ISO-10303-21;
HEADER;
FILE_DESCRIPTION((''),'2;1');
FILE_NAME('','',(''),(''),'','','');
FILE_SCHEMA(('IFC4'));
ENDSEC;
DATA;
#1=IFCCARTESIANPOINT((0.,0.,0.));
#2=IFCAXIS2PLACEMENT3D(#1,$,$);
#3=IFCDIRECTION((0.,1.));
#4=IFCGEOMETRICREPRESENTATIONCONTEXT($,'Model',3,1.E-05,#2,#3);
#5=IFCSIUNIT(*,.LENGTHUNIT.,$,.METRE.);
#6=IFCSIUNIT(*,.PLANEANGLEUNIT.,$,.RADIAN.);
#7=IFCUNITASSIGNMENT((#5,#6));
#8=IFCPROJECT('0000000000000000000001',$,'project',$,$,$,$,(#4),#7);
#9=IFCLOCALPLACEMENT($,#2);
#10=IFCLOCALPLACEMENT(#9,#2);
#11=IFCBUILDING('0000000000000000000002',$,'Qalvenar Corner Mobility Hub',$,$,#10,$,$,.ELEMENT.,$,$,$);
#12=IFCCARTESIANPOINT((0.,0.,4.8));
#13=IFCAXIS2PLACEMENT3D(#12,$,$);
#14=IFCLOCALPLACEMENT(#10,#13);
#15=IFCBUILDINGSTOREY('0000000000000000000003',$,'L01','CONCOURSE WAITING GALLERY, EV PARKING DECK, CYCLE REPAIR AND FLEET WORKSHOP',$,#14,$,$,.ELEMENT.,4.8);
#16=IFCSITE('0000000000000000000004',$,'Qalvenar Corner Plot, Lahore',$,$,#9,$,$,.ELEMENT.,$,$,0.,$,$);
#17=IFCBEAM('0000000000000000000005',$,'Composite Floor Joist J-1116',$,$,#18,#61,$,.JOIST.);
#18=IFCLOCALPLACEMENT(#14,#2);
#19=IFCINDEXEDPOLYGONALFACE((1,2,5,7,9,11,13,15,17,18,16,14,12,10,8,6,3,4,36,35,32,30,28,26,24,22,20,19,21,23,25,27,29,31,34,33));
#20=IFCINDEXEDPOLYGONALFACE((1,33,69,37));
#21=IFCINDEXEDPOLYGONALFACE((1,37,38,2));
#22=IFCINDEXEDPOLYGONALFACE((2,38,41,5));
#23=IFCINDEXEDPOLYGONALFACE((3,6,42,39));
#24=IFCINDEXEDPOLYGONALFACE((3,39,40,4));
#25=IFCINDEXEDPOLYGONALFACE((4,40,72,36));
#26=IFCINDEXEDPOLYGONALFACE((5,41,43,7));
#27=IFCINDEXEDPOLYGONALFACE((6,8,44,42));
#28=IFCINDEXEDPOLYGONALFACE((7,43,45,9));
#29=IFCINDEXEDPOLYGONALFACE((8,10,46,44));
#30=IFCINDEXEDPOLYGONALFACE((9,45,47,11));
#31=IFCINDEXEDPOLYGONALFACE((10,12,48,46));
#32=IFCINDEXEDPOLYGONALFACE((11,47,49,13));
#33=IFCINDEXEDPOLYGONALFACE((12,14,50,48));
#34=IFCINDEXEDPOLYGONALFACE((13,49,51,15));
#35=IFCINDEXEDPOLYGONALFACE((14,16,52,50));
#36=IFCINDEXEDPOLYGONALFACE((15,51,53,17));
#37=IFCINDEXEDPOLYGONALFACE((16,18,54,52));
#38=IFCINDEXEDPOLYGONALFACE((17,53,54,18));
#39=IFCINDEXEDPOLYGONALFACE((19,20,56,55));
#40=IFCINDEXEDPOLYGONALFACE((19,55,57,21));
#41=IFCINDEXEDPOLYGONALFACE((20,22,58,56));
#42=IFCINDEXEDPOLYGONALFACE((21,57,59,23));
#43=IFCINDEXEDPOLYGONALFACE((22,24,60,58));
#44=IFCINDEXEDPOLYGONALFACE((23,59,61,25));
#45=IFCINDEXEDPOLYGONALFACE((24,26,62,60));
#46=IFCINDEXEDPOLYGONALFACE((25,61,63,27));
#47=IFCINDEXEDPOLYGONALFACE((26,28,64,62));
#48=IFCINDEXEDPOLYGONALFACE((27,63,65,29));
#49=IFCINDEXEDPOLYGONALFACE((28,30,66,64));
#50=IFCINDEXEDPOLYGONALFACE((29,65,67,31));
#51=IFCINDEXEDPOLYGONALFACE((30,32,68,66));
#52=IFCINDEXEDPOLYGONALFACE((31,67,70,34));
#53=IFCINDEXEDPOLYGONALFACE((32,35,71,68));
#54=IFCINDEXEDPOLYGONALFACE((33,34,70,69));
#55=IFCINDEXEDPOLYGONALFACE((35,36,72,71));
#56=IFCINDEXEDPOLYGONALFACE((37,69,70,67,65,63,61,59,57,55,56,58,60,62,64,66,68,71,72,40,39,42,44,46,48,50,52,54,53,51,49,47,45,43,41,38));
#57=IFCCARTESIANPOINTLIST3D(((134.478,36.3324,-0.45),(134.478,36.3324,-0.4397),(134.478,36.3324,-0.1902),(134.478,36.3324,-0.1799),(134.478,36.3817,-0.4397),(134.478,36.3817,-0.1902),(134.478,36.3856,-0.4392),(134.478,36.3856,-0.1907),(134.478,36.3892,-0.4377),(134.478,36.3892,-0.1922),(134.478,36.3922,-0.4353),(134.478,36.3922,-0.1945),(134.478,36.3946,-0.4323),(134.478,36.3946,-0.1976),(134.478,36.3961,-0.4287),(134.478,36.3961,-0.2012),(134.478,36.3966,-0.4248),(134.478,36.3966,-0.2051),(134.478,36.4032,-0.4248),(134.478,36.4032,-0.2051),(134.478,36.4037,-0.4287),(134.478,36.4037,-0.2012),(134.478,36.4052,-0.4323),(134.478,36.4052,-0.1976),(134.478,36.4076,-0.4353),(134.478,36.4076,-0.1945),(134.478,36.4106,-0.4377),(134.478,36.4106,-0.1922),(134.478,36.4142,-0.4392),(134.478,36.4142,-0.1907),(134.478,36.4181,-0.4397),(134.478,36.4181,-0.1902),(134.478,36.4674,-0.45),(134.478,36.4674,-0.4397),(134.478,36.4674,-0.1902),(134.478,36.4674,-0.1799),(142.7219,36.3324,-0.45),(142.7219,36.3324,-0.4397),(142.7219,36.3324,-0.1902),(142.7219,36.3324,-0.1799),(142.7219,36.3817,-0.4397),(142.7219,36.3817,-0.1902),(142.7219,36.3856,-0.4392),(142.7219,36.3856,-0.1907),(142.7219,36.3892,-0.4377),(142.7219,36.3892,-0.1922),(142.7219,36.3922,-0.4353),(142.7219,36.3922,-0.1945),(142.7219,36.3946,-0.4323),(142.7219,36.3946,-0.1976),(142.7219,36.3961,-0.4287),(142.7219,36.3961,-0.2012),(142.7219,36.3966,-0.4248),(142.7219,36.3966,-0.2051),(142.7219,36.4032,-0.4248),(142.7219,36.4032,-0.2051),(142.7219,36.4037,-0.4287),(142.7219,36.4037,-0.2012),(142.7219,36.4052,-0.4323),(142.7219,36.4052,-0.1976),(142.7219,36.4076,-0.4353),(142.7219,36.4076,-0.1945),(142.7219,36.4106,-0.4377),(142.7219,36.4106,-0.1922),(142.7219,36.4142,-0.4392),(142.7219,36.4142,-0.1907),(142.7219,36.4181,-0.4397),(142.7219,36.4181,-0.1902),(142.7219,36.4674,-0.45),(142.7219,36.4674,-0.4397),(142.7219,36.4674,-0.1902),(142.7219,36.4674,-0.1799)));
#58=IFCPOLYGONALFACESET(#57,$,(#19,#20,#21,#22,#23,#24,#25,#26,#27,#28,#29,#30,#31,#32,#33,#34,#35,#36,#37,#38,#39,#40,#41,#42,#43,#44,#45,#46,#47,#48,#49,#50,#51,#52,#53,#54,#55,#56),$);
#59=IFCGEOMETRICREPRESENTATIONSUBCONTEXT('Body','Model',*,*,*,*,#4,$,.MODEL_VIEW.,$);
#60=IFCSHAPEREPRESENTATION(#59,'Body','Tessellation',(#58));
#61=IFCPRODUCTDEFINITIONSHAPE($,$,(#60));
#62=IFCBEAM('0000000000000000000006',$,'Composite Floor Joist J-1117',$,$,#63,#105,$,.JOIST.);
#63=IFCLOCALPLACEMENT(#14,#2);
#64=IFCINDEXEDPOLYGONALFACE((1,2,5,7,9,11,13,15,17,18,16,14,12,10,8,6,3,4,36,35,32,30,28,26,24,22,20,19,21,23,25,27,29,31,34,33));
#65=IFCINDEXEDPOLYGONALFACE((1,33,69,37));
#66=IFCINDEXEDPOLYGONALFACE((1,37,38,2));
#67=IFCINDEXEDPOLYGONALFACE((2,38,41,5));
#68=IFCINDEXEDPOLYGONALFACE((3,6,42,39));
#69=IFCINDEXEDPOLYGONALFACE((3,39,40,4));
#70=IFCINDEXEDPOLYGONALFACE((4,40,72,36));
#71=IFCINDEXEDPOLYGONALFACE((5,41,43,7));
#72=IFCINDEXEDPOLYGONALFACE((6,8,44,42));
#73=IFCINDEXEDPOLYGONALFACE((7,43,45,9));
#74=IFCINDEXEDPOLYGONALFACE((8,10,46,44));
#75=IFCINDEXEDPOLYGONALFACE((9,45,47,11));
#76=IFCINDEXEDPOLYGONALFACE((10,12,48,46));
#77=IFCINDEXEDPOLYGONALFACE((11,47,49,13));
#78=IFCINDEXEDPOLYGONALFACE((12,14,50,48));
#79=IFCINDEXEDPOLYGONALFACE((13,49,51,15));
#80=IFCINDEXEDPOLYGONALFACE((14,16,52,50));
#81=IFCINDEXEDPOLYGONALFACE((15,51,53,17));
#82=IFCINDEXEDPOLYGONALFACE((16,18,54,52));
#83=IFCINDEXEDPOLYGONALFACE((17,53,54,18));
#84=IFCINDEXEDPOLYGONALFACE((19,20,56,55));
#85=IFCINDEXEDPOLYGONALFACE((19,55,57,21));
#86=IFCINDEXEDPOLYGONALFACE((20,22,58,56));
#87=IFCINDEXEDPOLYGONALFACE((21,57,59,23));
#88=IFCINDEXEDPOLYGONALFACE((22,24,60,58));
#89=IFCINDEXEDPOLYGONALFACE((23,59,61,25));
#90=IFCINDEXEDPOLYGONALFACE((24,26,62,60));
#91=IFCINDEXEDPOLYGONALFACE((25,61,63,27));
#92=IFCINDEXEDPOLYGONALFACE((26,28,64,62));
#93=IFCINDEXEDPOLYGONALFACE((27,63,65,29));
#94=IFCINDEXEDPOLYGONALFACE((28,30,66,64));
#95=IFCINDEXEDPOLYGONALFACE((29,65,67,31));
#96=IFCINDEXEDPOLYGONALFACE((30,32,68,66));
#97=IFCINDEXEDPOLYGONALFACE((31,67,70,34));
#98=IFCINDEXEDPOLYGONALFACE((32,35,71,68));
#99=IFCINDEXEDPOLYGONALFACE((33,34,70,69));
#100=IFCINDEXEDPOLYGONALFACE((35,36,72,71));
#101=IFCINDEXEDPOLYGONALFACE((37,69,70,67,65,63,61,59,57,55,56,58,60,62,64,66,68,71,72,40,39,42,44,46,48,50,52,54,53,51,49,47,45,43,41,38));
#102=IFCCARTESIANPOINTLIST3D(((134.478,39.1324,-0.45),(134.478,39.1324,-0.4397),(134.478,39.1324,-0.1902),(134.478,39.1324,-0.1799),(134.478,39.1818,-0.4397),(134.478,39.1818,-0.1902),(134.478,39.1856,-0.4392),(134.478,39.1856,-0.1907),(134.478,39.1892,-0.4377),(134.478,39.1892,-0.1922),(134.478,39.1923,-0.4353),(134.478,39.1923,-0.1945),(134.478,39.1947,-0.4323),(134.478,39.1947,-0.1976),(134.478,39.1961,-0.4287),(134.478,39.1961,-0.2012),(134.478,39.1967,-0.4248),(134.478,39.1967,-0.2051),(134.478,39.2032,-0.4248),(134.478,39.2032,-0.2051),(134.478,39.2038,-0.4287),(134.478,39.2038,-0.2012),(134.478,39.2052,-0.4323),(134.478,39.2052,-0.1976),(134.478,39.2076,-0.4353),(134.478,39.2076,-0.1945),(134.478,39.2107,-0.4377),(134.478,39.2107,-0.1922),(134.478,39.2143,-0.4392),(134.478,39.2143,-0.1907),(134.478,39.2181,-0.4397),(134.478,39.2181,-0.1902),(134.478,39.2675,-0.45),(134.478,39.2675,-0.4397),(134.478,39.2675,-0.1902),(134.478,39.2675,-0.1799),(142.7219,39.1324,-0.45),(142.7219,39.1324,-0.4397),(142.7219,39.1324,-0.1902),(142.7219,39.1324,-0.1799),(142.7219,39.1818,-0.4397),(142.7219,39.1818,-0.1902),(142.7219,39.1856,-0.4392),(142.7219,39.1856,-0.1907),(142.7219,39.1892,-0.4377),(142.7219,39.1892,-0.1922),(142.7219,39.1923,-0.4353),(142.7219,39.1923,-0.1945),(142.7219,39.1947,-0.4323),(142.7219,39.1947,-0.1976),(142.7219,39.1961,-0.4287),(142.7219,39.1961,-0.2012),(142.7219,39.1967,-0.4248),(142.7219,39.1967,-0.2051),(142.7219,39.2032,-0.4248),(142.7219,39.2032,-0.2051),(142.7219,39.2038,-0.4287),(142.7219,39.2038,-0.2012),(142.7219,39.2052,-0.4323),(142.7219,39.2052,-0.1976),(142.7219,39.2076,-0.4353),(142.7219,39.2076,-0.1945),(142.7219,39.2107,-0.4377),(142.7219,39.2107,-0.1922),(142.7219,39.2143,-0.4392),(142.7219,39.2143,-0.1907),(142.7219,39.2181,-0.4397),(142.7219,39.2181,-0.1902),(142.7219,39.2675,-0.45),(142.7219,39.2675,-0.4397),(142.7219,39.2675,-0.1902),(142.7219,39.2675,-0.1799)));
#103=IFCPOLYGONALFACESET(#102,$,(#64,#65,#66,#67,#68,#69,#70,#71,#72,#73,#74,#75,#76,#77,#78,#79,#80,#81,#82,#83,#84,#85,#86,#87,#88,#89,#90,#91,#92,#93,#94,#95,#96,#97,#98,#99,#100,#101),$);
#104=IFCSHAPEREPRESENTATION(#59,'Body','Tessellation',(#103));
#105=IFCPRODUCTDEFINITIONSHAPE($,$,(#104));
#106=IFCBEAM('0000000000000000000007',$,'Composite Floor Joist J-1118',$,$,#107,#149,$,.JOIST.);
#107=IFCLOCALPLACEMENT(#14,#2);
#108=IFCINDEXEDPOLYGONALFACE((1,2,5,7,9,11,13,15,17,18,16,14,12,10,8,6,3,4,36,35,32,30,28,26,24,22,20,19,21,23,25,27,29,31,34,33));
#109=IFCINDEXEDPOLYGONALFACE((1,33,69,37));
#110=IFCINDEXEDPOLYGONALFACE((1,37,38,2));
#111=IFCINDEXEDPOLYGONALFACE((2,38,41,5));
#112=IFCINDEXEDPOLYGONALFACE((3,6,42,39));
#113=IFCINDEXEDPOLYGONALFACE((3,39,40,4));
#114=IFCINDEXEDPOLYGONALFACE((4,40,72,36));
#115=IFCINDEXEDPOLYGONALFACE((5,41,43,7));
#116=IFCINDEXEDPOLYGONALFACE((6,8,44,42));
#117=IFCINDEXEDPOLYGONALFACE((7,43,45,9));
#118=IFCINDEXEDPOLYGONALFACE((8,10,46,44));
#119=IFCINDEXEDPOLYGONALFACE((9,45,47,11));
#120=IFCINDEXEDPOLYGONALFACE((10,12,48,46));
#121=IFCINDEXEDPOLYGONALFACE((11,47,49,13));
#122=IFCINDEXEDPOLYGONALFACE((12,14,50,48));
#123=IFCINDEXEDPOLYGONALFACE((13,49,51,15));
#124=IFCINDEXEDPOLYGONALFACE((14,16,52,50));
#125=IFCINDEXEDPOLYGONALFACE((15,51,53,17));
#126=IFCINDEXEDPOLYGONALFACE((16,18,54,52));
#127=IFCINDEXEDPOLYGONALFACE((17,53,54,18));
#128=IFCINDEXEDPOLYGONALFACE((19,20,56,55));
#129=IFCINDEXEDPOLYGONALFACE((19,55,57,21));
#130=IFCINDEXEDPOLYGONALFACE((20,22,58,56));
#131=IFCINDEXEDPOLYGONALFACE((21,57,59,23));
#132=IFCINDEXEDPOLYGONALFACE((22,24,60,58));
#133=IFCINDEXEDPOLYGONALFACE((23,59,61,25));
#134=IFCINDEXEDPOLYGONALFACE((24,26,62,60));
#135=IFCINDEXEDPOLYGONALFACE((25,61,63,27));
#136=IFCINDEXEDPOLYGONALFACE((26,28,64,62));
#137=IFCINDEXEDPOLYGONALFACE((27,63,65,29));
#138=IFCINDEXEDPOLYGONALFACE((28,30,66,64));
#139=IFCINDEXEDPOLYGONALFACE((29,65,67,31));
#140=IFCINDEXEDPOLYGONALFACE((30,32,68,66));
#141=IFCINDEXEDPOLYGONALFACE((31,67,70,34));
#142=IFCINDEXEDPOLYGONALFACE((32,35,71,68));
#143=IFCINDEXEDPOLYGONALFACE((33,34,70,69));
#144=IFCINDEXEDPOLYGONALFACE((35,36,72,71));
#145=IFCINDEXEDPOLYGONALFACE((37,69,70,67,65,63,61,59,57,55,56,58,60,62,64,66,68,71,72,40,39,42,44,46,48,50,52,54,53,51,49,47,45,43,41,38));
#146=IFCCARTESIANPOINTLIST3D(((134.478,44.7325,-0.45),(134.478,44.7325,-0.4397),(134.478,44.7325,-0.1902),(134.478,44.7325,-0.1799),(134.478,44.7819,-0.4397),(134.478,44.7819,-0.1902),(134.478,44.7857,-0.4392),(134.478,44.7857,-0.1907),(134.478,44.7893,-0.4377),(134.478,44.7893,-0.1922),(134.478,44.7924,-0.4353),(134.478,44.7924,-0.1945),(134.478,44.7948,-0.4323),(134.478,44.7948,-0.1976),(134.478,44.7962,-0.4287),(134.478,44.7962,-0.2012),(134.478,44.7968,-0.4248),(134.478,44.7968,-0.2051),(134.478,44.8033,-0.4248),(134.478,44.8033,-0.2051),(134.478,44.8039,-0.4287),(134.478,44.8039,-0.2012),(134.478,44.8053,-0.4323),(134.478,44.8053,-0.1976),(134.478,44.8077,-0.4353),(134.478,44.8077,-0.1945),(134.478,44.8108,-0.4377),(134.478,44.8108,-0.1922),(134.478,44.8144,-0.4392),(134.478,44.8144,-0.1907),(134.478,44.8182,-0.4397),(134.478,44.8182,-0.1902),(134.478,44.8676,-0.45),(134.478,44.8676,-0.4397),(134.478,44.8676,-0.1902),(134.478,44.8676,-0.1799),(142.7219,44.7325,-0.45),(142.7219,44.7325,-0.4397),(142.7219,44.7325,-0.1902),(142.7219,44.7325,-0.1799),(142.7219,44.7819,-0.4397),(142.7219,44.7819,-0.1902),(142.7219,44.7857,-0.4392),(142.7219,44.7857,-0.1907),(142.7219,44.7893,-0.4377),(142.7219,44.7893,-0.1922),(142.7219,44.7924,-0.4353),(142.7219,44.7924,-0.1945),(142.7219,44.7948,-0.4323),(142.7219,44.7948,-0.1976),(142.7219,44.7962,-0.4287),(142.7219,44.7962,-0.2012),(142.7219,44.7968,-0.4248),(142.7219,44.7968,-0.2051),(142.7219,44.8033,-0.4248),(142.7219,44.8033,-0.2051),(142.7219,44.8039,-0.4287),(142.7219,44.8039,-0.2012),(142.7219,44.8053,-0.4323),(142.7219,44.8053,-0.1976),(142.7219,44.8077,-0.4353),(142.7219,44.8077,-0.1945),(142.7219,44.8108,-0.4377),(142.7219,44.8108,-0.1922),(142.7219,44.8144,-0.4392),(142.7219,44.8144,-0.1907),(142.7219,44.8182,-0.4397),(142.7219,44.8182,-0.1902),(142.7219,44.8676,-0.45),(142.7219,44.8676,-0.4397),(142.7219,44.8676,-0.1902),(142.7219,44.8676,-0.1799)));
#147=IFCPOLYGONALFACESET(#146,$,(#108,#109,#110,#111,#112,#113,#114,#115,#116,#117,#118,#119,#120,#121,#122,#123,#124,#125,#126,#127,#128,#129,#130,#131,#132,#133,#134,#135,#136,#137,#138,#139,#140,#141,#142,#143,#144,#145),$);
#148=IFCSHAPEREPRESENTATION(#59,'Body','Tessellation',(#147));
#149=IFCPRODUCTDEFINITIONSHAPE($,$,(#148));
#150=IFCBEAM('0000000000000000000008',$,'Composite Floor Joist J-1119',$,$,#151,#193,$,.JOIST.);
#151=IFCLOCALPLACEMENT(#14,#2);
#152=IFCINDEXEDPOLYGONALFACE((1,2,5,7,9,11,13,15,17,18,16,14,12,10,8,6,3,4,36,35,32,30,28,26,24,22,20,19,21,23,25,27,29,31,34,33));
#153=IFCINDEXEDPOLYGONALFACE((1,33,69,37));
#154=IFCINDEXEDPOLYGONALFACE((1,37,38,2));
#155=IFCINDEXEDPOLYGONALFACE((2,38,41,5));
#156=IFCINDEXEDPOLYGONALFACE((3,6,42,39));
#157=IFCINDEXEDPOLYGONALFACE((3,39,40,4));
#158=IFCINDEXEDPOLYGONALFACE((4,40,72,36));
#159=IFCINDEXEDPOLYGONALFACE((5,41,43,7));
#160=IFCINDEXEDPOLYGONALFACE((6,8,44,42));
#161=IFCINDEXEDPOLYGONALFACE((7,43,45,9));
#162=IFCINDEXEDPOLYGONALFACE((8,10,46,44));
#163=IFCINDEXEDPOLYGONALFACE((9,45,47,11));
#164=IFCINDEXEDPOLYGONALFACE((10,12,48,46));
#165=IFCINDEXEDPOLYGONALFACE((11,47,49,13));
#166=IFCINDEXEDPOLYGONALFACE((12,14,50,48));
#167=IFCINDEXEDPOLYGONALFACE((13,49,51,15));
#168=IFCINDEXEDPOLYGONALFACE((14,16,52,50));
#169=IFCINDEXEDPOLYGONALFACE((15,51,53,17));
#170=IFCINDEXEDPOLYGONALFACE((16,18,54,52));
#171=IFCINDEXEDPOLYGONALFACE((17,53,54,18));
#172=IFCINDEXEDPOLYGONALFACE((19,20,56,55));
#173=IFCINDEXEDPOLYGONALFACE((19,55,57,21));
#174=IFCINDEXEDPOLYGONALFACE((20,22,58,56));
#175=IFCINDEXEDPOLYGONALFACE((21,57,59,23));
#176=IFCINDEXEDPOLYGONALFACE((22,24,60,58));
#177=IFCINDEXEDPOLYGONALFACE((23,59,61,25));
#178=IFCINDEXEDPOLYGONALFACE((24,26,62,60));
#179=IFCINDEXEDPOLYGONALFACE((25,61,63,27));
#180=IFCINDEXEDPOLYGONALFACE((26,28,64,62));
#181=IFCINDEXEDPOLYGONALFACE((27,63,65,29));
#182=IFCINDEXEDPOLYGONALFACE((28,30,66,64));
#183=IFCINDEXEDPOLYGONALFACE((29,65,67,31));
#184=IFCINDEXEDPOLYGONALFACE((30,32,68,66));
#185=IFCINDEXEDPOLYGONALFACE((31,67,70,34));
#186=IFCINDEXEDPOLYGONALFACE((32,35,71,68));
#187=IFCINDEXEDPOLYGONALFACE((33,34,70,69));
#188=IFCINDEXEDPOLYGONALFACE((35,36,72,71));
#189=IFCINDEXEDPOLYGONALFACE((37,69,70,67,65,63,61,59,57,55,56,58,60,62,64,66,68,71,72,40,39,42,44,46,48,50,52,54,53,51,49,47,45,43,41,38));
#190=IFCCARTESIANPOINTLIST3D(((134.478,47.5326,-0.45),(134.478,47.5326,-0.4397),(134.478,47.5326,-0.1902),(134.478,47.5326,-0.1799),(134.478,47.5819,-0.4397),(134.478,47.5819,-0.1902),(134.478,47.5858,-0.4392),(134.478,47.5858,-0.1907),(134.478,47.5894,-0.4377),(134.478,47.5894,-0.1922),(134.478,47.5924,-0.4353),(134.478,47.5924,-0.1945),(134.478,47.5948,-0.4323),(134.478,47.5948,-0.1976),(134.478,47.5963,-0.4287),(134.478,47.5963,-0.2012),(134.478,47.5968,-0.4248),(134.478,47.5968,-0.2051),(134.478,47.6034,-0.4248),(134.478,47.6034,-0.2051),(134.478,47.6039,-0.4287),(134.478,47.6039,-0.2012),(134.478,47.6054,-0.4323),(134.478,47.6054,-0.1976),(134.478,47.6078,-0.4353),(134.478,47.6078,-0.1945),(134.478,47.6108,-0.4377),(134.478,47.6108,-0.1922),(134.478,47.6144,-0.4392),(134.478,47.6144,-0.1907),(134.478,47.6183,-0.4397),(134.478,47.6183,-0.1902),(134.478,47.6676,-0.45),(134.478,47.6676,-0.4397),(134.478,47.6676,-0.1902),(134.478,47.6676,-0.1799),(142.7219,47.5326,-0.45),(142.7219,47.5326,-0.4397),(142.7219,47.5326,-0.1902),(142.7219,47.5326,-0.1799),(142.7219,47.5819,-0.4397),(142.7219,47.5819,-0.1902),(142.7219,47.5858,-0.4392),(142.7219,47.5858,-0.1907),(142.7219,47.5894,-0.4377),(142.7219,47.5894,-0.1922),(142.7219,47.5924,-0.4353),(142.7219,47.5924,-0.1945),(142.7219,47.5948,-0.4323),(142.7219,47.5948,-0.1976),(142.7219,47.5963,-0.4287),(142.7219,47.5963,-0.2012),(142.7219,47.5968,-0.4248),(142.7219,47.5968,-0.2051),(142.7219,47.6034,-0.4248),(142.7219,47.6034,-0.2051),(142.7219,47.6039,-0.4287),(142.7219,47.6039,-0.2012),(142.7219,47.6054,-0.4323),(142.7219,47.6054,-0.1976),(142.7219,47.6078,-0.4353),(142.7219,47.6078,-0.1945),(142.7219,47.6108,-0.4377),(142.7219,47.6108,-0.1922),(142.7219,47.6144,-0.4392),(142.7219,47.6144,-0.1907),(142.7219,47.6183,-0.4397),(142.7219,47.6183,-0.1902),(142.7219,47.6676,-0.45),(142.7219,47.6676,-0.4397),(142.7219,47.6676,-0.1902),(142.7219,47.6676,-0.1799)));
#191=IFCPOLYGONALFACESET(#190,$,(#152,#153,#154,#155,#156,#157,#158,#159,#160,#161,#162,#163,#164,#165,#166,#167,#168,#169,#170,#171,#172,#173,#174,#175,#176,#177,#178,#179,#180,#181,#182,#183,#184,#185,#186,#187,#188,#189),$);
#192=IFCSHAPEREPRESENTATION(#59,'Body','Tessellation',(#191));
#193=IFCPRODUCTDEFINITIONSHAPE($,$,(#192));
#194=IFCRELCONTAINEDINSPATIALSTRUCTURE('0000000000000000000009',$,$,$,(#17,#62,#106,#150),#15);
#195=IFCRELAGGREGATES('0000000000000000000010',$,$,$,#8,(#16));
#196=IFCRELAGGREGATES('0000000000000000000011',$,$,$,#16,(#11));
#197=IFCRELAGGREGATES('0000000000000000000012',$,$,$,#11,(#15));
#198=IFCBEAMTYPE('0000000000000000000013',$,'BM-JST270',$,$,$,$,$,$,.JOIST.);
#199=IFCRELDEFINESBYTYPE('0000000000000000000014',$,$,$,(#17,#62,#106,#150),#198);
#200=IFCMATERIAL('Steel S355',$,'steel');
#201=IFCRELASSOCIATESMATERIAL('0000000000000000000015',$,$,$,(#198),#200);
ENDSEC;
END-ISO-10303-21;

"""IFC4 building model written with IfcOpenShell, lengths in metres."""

from ifc_helpers import new_model, si_unit, direction, frame, origin, origin_2d, place, context, subcontext, project, spatial, i_section, extrude, material, material_profile, profile_set, type_object, element, save


model = new_model("IFC4")

# Units and contexts
model_context = context("Model", 3, precision=1e-05, world=origin(), true_north=direction((0.0, 1.0)))
body_context = subcontext(model_context, "Body", "Model", "MODEL_VIEW")
ifc_project = project(units=[si_unit("LENGTHUNIT", "METRE"), si_unit("PLANEANGLEUNIT", "RADIAN")], contexts=[model_context])

# Site, building, storey
site_placement = place(None, origin())
site = spatial("IfcSite", under=ifc_project, at=site_placement, Name="Qalvenar Corner Plot, Lahore", CompositionType="ELEMENT", RefElevation=0.0)
building_placement = place(site_placement, origin())
building = spatial("IfcBuilding", under=site, at=building_placement, Name="Qalvenar Corner Mobility Hub", CompositionType="ELEMENT")
storey_placement = place(building_placement, frame((0.0, 0.0, 4.8)))
storey = spatial("IfcBuildingStorey", under=building, at=storey_placement, Name="L01", Description="CONCOURSE WAITING GALLERY, EV PARKING DECK, CYCLE REPAIR AND FLEET WORKSHOP", CompositionType="ELEMENT", Elevation=4.8)

# Shared definitions
ifc_material_1 = material(Name="Steel S355", Category="steel")

# Beams
ifc_material_profile_1 = material_profile(ifc_material_1, i_section(OverallWidth=0.135, OverallDepth=0.27, WebThickness=0.0066, FlangeThickness=0.0103, FilletRadius=0.0149, at=origin_2d()), Name="IPE270")
ifc_profile_set_1 = profile_set([ifc_material_profile_1], Name="Steel S355")
beam_type_1 = type_object("IfcBeamType", Name="BM-JST270", PredefinedType="JOIST", material=ifc_profile_set_1)
for number, where, z_axis, x_axis, name in (
    (1, (134.478, 36.3999, -0.3149), (1.0, 0.0, 0.0), (0.0, 1.0, 0.0), "Composite Floor Joist J-1116"),
    (2, (134.478, 39.2, -0.3149), (1.0, 0.0, 0.0), (0.0, 1.0, 0.0), "Composite Floor Joist J-1117"),
    (3, (134.478, 44.8, -0.3149), (1.0, 0.0, 0.0), (0.0, 1.0, 0.0), "Composite Floor Joist J-1118"),
    (4, (134.478, 47.6001, -0.3149), (1.0, 0.0, 0.0), (0.0, 1.0, 0.0), "Composite Floor Joist J-1119"),
):
    element("IfcBeam", number, at=place(storey_placement, frame(where, z_axis=z_axis, x_axis=x_axis)), inside=storey, type_object=beam_type_1, Name=name, PredefinedType="JOIST", context=body_context, shape_type="SweptSolid", body=[
        extrude(i_section(OverallWidth=0.135, OverallDepth=0.27, WebThickness=0.0066, FlangeThickness=0.0103, FilletRadius=0.0149, at=origin_2d()), origin(), (0.0, 0.0, 1.0), 8.2439),
    ])

save(model, "model.ifc")
